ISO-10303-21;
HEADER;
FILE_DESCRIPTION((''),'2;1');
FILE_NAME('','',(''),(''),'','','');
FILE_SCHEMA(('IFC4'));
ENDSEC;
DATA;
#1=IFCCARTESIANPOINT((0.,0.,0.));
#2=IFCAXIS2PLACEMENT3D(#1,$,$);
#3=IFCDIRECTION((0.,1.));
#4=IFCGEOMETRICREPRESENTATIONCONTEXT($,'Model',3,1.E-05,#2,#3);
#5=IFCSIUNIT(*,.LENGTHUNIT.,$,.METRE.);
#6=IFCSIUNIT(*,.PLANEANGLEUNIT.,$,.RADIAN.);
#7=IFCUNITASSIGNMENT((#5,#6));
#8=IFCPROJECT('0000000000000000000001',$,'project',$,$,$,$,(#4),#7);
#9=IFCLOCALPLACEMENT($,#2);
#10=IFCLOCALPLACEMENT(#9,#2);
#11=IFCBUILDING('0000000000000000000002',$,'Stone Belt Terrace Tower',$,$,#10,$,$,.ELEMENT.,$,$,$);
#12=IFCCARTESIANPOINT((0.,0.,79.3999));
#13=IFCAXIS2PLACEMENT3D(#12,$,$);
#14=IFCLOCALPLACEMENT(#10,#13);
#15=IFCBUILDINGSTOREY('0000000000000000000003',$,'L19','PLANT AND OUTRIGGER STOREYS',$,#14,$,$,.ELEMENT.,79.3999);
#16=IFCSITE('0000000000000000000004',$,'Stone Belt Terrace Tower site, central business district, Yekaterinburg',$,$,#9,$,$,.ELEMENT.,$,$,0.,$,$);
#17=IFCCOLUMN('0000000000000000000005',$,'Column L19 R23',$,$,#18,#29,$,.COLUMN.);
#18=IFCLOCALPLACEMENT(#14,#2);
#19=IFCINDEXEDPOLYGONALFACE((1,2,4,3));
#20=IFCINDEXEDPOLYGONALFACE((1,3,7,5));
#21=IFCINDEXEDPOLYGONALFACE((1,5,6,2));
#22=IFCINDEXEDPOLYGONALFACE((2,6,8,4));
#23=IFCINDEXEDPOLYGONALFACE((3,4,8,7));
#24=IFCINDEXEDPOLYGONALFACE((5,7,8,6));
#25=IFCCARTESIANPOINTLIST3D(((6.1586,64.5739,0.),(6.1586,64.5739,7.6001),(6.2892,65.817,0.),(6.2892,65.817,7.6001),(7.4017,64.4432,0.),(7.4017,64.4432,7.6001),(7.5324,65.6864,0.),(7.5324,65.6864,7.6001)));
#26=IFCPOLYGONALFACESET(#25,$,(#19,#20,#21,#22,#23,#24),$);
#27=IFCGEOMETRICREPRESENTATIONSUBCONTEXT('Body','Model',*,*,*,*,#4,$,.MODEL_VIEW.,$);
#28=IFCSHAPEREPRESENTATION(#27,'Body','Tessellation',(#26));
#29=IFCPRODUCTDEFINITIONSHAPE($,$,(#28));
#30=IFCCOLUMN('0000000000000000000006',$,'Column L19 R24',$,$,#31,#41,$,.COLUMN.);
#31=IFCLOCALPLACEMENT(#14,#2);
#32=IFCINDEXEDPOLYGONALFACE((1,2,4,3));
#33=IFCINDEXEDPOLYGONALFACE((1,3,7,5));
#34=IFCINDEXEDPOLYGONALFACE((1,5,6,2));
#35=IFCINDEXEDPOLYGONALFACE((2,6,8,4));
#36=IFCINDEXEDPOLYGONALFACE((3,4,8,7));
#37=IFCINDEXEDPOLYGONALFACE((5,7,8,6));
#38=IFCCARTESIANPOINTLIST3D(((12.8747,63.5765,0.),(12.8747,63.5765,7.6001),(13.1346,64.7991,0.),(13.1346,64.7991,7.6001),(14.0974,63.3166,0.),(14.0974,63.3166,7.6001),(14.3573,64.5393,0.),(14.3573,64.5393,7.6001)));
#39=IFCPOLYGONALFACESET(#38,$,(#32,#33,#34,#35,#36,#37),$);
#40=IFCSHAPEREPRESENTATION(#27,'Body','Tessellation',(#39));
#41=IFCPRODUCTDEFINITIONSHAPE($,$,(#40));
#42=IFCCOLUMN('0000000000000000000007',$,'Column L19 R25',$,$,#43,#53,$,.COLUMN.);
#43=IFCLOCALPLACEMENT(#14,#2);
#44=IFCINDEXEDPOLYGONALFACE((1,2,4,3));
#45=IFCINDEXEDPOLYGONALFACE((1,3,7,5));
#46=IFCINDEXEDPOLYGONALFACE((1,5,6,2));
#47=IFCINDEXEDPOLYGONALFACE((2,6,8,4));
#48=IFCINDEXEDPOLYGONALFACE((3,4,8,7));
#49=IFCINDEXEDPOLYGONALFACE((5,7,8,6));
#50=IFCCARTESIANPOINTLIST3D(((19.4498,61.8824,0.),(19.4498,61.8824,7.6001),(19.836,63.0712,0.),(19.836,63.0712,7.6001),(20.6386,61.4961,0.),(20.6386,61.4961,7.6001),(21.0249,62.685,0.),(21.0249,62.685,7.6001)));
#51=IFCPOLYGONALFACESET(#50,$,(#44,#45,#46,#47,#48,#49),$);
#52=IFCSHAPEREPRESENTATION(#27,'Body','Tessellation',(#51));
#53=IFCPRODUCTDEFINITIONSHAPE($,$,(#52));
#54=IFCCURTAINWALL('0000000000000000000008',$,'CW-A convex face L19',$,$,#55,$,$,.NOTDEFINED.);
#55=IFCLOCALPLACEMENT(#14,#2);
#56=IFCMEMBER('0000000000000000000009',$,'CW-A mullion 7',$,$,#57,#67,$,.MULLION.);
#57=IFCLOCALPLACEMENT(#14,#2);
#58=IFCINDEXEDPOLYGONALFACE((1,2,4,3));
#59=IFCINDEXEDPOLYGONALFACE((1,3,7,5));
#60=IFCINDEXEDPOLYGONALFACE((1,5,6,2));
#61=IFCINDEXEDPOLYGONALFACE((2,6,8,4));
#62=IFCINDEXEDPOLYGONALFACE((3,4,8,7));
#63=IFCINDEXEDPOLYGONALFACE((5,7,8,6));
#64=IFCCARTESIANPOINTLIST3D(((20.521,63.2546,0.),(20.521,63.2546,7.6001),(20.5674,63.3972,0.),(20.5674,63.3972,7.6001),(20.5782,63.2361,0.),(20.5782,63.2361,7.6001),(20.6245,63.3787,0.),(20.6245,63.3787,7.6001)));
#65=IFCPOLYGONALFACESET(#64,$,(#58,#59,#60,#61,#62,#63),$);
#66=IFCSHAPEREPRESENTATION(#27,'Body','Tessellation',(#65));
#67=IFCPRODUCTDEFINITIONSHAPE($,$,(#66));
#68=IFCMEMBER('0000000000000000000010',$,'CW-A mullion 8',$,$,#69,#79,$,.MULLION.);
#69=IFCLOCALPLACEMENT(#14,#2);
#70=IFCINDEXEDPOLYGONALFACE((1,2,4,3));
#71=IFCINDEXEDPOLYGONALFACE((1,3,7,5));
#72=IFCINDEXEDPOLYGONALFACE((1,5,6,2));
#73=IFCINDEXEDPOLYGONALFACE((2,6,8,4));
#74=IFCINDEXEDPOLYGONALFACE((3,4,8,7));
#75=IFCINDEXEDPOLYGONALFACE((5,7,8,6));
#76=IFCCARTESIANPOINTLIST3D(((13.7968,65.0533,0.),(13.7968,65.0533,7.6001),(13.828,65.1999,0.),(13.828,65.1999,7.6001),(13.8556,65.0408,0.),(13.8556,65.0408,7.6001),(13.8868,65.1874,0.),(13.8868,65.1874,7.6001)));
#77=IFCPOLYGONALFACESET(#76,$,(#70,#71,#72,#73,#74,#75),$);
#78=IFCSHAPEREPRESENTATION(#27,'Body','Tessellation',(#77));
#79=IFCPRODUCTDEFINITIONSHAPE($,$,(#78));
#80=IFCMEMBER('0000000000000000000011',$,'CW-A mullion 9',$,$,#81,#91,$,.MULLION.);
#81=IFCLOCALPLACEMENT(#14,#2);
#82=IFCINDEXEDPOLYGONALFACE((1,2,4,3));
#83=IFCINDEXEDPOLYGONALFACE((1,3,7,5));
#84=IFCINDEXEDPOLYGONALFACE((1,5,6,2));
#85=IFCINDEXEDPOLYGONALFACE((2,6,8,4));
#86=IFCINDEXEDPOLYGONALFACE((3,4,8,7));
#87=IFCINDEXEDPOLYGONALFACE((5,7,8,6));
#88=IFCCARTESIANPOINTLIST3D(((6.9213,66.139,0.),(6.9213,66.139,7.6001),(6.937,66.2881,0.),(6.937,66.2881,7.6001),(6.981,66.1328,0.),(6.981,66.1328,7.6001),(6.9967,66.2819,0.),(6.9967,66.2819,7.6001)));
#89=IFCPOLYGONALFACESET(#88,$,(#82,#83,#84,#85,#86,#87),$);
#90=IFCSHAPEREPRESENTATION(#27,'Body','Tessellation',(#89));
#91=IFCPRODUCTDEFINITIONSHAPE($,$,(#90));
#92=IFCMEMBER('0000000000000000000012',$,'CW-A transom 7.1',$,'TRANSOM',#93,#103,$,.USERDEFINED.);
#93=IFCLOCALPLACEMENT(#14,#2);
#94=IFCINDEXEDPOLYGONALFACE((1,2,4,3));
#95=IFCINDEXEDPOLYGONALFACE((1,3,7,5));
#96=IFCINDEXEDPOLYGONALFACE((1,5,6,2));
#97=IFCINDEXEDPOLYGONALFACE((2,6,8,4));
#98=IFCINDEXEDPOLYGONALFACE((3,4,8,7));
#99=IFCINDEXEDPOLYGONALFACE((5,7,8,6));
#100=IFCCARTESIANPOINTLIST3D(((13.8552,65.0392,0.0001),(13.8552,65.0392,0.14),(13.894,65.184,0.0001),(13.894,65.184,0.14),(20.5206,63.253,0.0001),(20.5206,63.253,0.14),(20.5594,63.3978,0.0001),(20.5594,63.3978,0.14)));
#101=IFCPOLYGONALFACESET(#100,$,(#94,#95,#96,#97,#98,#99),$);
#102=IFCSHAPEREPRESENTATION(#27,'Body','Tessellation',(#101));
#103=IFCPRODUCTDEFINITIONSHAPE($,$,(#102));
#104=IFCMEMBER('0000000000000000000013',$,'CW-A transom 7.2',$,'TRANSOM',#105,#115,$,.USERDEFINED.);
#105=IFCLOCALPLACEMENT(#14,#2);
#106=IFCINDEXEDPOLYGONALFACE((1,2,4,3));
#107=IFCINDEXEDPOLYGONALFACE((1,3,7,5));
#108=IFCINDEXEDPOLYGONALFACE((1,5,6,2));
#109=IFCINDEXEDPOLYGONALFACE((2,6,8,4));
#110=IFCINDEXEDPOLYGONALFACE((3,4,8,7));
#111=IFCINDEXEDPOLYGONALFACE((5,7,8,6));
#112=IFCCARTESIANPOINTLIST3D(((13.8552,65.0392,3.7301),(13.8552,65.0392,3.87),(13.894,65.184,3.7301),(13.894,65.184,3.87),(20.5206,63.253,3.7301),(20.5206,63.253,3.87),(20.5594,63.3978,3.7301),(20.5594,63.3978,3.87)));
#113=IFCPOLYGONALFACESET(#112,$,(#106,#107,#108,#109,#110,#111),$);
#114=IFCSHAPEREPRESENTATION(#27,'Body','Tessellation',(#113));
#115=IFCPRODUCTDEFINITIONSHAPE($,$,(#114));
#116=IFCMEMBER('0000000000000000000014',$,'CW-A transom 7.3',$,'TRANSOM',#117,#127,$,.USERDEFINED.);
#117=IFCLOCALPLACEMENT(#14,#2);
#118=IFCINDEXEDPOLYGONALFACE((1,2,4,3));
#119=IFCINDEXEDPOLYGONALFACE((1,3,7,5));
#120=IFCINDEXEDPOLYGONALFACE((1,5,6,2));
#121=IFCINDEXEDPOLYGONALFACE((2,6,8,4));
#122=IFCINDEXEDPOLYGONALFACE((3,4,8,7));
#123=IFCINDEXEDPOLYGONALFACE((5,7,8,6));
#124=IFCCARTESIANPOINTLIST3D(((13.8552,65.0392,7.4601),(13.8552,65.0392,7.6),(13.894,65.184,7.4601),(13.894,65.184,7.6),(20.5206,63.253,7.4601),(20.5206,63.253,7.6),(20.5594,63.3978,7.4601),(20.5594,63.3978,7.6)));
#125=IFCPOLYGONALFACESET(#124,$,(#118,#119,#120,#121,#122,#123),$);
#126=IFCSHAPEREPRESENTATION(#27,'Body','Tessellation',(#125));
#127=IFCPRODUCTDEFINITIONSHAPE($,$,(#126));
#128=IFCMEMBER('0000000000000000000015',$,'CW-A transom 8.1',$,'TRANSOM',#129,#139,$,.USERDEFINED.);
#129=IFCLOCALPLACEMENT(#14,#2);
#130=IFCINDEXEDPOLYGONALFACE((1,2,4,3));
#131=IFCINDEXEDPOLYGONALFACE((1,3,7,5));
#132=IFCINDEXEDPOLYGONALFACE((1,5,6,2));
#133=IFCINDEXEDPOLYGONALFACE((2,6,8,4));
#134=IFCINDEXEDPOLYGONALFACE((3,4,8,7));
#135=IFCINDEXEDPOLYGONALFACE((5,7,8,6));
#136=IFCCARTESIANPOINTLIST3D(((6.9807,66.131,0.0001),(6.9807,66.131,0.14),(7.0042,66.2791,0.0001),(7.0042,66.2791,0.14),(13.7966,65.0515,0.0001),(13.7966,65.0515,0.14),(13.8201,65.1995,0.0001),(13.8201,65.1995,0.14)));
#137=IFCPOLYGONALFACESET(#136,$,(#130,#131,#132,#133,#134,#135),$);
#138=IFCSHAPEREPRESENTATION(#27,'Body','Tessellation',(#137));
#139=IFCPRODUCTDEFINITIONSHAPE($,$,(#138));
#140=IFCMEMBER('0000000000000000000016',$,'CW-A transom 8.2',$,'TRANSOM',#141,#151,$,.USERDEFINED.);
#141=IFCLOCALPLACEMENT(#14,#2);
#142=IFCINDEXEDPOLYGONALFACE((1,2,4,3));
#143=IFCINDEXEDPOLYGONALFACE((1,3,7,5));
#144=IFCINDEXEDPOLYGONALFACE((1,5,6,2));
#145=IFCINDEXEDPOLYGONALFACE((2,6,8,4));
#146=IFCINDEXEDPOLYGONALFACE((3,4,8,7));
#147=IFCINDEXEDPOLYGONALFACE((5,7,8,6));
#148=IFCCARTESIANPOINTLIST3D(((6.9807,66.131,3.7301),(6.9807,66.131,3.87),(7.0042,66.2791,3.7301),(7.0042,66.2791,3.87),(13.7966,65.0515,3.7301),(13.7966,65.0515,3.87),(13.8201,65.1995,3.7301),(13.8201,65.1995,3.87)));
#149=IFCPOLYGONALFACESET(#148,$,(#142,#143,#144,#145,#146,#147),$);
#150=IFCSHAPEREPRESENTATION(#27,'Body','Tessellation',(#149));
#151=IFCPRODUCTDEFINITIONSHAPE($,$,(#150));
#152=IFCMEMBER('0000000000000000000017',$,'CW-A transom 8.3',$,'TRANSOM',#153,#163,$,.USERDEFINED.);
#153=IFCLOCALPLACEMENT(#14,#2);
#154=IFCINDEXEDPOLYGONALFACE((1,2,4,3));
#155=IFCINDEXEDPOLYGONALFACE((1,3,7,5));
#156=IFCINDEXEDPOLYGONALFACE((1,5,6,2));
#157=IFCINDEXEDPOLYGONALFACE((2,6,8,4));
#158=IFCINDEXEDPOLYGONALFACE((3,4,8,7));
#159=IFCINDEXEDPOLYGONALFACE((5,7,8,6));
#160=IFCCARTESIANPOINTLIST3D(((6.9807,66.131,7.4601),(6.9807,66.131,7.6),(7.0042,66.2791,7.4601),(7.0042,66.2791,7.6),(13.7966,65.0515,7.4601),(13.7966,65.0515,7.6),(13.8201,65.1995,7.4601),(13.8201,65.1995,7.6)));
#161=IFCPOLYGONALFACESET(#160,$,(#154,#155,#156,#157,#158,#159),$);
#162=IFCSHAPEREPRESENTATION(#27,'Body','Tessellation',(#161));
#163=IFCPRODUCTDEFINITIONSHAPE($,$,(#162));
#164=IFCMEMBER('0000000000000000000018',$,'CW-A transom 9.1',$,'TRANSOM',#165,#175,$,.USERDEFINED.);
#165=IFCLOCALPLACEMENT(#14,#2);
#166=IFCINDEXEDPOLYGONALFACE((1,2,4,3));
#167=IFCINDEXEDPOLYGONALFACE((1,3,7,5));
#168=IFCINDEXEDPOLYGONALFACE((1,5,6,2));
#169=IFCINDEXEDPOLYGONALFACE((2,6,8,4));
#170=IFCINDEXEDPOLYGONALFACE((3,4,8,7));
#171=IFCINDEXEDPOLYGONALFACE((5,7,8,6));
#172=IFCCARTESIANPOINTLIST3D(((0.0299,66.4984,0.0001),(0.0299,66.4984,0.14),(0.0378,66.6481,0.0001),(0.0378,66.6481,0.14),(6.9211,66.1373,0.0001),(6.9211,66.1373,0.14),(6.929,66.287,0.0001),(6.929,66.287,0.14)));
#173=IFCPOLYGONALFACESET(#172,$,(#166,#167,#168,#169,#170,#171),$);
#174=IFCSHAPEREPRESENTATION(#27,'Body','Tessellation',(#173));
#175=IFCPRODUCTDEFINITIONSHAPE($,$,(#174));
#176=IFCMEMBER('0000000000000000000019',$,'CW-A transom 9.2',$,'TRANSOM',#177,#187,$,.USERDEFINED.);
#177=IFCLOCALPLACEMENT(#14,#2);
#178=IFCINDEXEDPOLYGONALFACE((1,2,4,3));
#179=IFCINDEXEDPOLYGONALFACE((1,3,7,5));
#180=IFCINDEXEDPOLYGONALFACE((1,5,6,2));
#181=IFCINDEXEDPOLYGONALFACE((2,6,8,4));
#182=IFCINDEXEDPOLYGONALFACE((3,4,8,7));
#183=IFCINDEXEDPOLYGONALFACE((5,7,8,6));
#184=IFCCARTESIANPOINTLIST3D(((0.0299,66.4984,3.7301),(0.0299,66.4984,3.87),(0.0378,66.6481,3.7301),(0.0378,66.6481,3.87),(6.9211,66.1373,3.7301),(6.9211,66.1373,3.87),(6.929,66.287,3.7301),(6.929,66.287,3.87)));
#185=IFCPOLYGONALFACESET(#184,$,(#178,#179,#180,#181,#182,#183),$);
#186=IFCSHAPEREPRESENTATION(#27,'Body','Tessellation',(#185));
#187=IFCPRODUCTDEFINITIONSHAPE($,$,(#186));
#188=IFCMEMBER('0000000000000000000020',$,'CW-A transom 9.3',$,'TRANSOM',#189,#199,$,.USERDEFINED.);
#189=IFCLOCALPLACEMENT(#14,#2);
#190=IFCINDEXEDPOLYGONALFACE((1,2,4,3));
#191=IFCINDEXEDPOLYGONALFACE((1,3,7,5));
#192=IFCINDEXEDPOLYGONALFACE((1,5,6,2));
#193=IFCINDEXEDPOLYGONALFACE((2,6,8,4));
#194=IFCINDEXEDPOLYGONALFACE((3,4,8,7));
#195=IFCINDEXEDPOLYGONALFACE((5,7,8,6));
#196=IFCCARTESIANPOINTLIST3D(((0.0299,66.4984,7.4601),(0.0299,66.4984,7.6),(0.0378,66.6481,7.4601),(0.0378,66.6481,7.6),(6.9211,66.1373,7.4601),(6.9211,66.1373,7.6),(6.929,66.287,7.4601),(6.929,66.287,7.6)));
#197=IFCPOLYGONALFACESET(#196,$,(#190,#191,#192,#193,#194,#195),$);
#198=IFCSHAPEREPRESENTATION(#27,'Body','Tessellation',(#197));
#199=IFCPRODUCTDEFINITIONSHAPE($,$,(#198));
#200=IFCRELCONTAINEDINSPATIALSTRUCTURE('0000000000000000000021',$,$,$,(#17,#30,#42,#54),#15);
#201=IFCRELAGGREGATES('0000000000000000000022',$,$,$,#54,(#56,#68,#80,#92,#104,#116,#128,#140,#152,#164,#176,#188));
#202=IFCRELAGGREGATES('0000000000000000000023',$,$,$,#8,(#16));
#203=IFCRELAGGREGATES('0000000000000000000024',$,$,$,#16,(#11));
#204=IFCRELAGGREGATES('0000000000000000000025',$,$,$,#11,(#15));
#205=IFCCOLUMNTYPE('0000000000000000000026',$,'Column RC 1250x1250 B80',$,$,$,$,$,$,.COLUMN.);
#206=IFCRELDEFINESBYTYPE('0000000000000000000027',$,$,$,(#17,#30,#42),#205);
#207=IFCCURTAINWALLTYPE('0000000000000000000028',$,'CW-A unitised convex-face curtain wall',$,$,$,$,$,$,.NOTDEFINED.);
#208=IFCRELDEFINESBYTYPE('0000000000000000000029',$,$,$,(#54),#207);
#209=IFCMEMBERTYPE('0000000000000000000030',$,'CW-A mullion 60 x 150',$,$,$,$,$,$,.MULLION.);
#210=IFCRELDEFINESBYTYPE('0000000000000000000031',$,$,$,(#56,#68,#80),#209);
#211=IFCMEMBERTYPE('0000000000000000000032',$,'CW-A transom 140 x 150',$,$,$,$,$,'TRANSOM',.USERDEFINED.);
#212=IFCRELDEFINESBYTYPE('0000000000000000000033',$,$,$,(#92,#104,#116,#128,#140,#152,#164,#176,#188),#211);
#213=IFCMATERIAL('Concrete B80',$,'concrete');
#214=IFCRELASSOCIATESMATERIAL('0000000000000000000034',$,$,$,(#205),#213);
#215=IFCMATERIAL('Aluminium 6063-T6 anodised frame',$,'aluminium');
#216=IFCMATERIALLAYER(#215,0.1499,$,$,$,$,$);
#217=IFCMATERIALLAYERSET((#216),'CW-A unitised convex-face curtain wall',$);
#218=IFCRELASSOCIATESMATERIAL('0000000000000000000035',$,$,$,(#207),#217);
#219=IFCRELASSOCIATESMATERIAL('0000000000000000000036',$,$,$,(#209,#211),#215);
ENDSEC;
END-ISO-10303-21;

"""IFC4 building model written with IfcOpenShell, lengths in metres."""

from ifc_helpers import new_model, si_unit, direction, frame, origin, origin_2d, place, context, subcontext, project, spatial, rectangle, extrude, material, layer, layer_set, material_profile, profile_set, type_object, element, aggregate, save


model = new_model("IFC4")

# Units and contexts
model_context = context("Model", 3, precision=1e-05, world=origin(), true_north=direction((0.0, 1.0)))
body_context = subcontext(model_context, "Body", "Model", "MODEL_VIEW")
ifc_project = project(units=[si_unit("LENGTHUNIT", "METRE"), si_unit("PLANEANGLEUNIT", "RADIAN")], contexts=[model_context])

# Site, building, storey
site_placement = place(None, origin())
site = spatial("IfcSite", under=ifc_project, at=site_placement, Name="Stone Belt Terrace Tower site, central business district, Yekaterinburg", CompositionType="ELEMENT", RefElevation=0.0)
building_placement = place(site_placement, origin())
building = spatial("IfcBuilding", under=site, at=building_placement, Name="Stone Belt Terrace Tower", CompositionType="ELEMENT")
storey_placement = place(building_placement, frame((0.0, 0.0, 79.3999)))
storey = spatial("IfcBuildingStorey", under=building, at=storey_placement, Name="L19", Description="PLANT AND OUTRIGGER STOREYS", CompositionType="ELEMENT", Elevation=79.3999)

# Columns
ifc_material_1 = material(Name="Concrete B80", Category="concrete")
ifc_material_profile_1 = material_profile(ifc_material_1, rectangle(XDim=1.25, YDim=1.25, at=origin_2d()), Name="RC 1250x1250")
ifc_profile_set_1 = profile_set([ifc_material_profile_1], Name="Concrete B80")
column_type = type_object("IfcColumnType", Name="Column RC 1250x1250 B80", PredefinedType="COLUMN", material=ifc_profile_set_1)
for number, where, z_axis, x_axis, name in (
    (1, (6.8455, 65.1301, 0.0), (0.0, 0.0, 1.0), (0.994522, -0.104528, 0.0), "Column L19 R23"),
    (2, (13.616, 64.0579, 0.0), (0.0, 0.0, 1.0), (0.978148, -0.207912, 0.0), "Column L19 R24"),
    (3, (20.2373, 62.2837, 0.0), (0.0, 0.0, 1.0), (0.951057, -0.309017, 0.0), "Column L19 R25"),
):
    element("IfcColumn", number, at=place(storey_placement, frame(where, z_axis=z_axis, x_axis=x_axis)), inside=storey, type_object=column_type, Name=name, PredefinedType="COLUMN", context=body_context, shape_type="SweptSolid", body=[
        extrude(rectangle(XDim=1.25, YDim=1.25, at=origin_2d()), origin(), (0.0, 0.0, 1.0), 7.6001),
    ])

# Curtain wall, members
ifc_material_2 = material(Name="Aluminium 6063-T6 anodised frame", Category="aluminium")
ifc_layer_1 = layer(ifc_material_2, 0.1499)
ifc_layer_set_1 = layer_set([ifc_layer_1], Name="CW-A unitised convex-face curtain wall")
curtain_wall_type = type_object("IfcCurtainWallType", Name="CW-A unitised convex-face curtain wall", PredefinedType="NOTDEFINED", material=ifc_layer_set_1)
curtain_wall_placement = place(storey_placement, origin())
curtain_wall = element("IfcCurtainWall", 4, at=curtain_wall_placement, inside=storey, type_object=curtain_wall_type, Name="CW-A convex face L19", PredefinedType="NOTDEFINED")
ifc_material_profile_2 = material_profile(ifc_material_2, rectangle(XDim=0.1499, YDim=0.0601, at=origin_2d()), Name="Aluminium 6063-T6 60x150")
ifc_profile_set_2 = profile_set([ifc_material_profile_2], Name="Aluminium 6063-T6 anodised frame")
member_type_1 = type_object("IfcMemberType", Name="CW-A mullion 60 x 150", PredefinedType="MULLION", material=ifc_profile_set_2)
member_1_placement = place(storey_placement, frame((20.5728, 63.3167, 0.0), z_axis=(0.0, 0.0, 1.0), x_axis=(-0.309017, -0.951057, 0.0)))
member_1 = element("IfcMember", 5, at=member_1_placement, type_object=member_type_1, Name="CW-A mullion 7", PredefinedType="MULLION", context=body_context, shape_type="SweptSolid", body=[
    extrude(rectangle(XDim=0.1499, YDim=0.0601, at=origin_2d()), origin(), (0.0, 0.0, 1.0), 7.6001),
])
member_2_placement = place(storey_placement, frame((13.8418, 65.1204, 0.0), z_axis=(0.0, 0.0, 1.0), x_axis=(-0.207912, -0.978148, 0.0)))
member_2 = element("IfcMember", 6, at=member_2_placement, type_object=member_type_1, Name="CW-A mullion 8", PredefinedType="MULLION", context=body_context, shape_type="SweptSolid", body=[
    extrude(rectangle(XDim=0.1499, YDim=0.0601, at=origin_2d()), origin(), (0.0, 0.0, 1.0), 7.6001),
])
member_3_placement = place(storey_placement, frame((6.959, 66.2104, 0.0), z_axis=(0.0, 0.0, 1.0), x_axis=(-0.104528, -0.994522, 0.0)))
member_3 = element("IfcMember", 7, at=member_3_placement, type_object=member_type_1, Name="CW-A mullion 9", PredefinedType="MULLION", context=body_context, shape_type="SweptSolid", body=[
    extrude(rectangle(XDim=0.1499, YDim=0.0601, at=origin_2d()), origin(), (0.0, 0.0, 1.0), 7.6001),
])
ifc_material_profile_3 = material_profile(ifc_material_2, rectangle(XDim=0.1499, YDim=0.1399, at=origin_2d()), Name="Aluminium 6063-T6 150x140")
ifc_profile_set_3 = profile_set([ifc_material_profile_3], Name="Aluminium 6063-T6 anodised frame")
member_type_2 = type_object("IfcMemberType", Name="CW-A transom 140 x 150", ElementType="TRANSOM", PredefinedType="USERDEFINED", material=ifc_profile_set_3)
member_4_placement = place(storey_placement, frame((20.54, 63.3254, 0.0701), z_axis=(-0.965922, 0.258834, 0.0), x_axis=(-0.258834, -0.965922, 0.0)))
member_4 = element("IfcMember", 8, at=member_4_placement, type_object=member_type_2, Name="CW-A transom 7.1", ObjectType="TRANSOM", PredefinedType="USERDEFINED", context=body_context, shape_type="SweptSolid", body=[
    extrude(rectangle(XDim=0.1499, YDim=0.1399, at=origin_2d()), origin(), (0.0, 0.0, 1.0), 6.9006),
])
member_5_placement = place(storey_placement, frame((20.54, 63.3254, 3.8), z_axis=(-0.965922, 0.258834, 0.0), x_axis=(-0.258834, -0.965922, 0.0)))
member_5 = element("IfcMember", 9, at=member_5_placement, type_object=member_type_2, Name="CW-A transom 7.2", ObjectType="TRANSOM", PredefinedType="USERDEFINED", context=body_context, shape_type="SweptSolid", body=[
    extrude(rectangle(XDim=0.1499, YDim=0.1399, at=origin_2d()), origin(), (0.0, 0.0, 1.0), 6.9006),
])
member_6_placement = place(storey_placement, frame((20.54, 63.3254, 7.53), z_axis=(-0.965922, 0.258834, 0.0), x_axis=(-0.258834, -0.965922, 0.0)))
member_6 = element("IfcMember", 10, at=member_6_placement, type_object=member_type_2, Name="CW-A transom 7.3", ObjectType="TRANSOM", PredefinedType="USERDEFINED", context=body_context, shape_type="SweptSolid", body=[
    extrude(rectangle(XDim=0.1499, YDim=0.1399, at=origin_2d()), origin(), (0.0, 0.0, 1.0), 6.9006),
])
member_7_placement = place(storey_placement, frame((13.8083, 65.1255, 0.0701), z_axis=(-0.987687, 0.156442, 0.0), x_axis=(-0.156442, -0.987687, 0.0)))
member_7 = element("IfcMember", 11, at=member_7_placement, type_object=member_type_2, Name="CW-A transom 8.1", ObjectType="TRANSOM", PredefinedType="USERDEFINED", context=body_context, shape_type="SweptSolid", body=[
    extrude(rectangle(XDim=0.1499, YDim=0.1399, at=origin_2d()), origin(), (0.0, 0.0, 1.0), 6.9009),
])
member_8_placement = place(storey_placement, frame((13.8083, 65.1255, 3.8), z_axis=(-0.987687, 0.156442, 0.0), x_axis=(-0.156442, -0.987687, 0.0)))
member_8 = element("IfcMember", 12, at=member_8_placement, type_object=member_type_2, Name="CW-A transom 8.2", ObjectType="TRANSOM", PredefinedType="USERDEFINED", context=body_context, shape_type="SweptSolid", body=[
    extrude(rectangle(XDim=0.1499, YDim=0.1399, at=origin_2d()), origin(), (0.0, 0.0, 1.0), 6.9009),
])
member_9_placement = place(storey_placement, frame((13.8083, 65.1255, 7.53), z_axis=(-0.987687, 0.156442, 0.0), x_axis=(-0.156442, -0.987687, 0.0)))
member_9 = element("IfcMember", 13, at=member_9_placement, type_object=member_type_2, Name="CW-A transom 8.3", ObjectType="TRANSOM", PredefinedType="USERDEFINED", context=body_context, shape_type="SweptSolid", body=[
    extrude(rectangle(XDim=0.1499, YDim=0.1399, at=origin_2d()), origin(), (0.0, 0.0, 1.0), 6.9009),
])
member_10_placement = place(storey_placement, frame((6.925, 66.2122, 0.0701), z_axis=(-0.99863, 0.052327, 0.0), x_axis=(-0.052327, -0.99863, 0.0)))
member_10 = element("IfcMember", 14, at=member_10_placement, type_object=member_type_2, Name="CW-A transom 9.1", ObjectType="TRANSOM", PredefinedType="USERDEFINED", context=body_context, shape_type="SweptSolid", body=[
    extrude(rectangle(XDim=0.1499, YDim=0.1399, at=origin_2d()), origin(), (0.0, 0.0, 1.0), 6.9006),
])
member_11_placement = place(storey_placement, frame((6.925, 66.2122, 3.8), z_axis=(-0.99863, 0.052327, 0.0), x_axis=(-0.052327, -0.99863, 0.0)))
member_11 = element("IfcMember", 15, at=member_11_placement, type_object=member_type_2, Name="CW-A transom 9.2", ObjectType="TRANSOM", PredefinedType="USERDEFINED", context=body_context, shape_type="SweptSolid", body=[
    extrude(rectangle(XDim=0.1499, YDim=0.1399, at=origin_2d()), origin(), (0.0, 0.0, 1.0), 6.9006),
])
member_12_placement = place(storey_placement, frame((6.925, 66.2122, 7.53), z_axis=(-0.99863, 0.052327, 0.0), x_axis=(-0.052327, -0.99863, 0.0)))
member_12 = element("IfcMember", 16, at=member_12_placement, type_object=member_type_2, Name="CW-A transom 9.3", ObjectType="TRANSOM", PredefinedType="USERDEFINED", context=body_context, shape_type="SweptSolid", body=[
    extrude(rectangle(XDim=0.1499, YDim=0.1399, at=origin_2d()), origin(), (0.0, 0.0, 1.0), 6.9006),
])

aggregate(curtain_wall, [member_1, member_2, member_3, member_4, member_5, member_6, member_7, member_8, member_9, member_10, member_11, member_12])

save(model, "model.ifc")
